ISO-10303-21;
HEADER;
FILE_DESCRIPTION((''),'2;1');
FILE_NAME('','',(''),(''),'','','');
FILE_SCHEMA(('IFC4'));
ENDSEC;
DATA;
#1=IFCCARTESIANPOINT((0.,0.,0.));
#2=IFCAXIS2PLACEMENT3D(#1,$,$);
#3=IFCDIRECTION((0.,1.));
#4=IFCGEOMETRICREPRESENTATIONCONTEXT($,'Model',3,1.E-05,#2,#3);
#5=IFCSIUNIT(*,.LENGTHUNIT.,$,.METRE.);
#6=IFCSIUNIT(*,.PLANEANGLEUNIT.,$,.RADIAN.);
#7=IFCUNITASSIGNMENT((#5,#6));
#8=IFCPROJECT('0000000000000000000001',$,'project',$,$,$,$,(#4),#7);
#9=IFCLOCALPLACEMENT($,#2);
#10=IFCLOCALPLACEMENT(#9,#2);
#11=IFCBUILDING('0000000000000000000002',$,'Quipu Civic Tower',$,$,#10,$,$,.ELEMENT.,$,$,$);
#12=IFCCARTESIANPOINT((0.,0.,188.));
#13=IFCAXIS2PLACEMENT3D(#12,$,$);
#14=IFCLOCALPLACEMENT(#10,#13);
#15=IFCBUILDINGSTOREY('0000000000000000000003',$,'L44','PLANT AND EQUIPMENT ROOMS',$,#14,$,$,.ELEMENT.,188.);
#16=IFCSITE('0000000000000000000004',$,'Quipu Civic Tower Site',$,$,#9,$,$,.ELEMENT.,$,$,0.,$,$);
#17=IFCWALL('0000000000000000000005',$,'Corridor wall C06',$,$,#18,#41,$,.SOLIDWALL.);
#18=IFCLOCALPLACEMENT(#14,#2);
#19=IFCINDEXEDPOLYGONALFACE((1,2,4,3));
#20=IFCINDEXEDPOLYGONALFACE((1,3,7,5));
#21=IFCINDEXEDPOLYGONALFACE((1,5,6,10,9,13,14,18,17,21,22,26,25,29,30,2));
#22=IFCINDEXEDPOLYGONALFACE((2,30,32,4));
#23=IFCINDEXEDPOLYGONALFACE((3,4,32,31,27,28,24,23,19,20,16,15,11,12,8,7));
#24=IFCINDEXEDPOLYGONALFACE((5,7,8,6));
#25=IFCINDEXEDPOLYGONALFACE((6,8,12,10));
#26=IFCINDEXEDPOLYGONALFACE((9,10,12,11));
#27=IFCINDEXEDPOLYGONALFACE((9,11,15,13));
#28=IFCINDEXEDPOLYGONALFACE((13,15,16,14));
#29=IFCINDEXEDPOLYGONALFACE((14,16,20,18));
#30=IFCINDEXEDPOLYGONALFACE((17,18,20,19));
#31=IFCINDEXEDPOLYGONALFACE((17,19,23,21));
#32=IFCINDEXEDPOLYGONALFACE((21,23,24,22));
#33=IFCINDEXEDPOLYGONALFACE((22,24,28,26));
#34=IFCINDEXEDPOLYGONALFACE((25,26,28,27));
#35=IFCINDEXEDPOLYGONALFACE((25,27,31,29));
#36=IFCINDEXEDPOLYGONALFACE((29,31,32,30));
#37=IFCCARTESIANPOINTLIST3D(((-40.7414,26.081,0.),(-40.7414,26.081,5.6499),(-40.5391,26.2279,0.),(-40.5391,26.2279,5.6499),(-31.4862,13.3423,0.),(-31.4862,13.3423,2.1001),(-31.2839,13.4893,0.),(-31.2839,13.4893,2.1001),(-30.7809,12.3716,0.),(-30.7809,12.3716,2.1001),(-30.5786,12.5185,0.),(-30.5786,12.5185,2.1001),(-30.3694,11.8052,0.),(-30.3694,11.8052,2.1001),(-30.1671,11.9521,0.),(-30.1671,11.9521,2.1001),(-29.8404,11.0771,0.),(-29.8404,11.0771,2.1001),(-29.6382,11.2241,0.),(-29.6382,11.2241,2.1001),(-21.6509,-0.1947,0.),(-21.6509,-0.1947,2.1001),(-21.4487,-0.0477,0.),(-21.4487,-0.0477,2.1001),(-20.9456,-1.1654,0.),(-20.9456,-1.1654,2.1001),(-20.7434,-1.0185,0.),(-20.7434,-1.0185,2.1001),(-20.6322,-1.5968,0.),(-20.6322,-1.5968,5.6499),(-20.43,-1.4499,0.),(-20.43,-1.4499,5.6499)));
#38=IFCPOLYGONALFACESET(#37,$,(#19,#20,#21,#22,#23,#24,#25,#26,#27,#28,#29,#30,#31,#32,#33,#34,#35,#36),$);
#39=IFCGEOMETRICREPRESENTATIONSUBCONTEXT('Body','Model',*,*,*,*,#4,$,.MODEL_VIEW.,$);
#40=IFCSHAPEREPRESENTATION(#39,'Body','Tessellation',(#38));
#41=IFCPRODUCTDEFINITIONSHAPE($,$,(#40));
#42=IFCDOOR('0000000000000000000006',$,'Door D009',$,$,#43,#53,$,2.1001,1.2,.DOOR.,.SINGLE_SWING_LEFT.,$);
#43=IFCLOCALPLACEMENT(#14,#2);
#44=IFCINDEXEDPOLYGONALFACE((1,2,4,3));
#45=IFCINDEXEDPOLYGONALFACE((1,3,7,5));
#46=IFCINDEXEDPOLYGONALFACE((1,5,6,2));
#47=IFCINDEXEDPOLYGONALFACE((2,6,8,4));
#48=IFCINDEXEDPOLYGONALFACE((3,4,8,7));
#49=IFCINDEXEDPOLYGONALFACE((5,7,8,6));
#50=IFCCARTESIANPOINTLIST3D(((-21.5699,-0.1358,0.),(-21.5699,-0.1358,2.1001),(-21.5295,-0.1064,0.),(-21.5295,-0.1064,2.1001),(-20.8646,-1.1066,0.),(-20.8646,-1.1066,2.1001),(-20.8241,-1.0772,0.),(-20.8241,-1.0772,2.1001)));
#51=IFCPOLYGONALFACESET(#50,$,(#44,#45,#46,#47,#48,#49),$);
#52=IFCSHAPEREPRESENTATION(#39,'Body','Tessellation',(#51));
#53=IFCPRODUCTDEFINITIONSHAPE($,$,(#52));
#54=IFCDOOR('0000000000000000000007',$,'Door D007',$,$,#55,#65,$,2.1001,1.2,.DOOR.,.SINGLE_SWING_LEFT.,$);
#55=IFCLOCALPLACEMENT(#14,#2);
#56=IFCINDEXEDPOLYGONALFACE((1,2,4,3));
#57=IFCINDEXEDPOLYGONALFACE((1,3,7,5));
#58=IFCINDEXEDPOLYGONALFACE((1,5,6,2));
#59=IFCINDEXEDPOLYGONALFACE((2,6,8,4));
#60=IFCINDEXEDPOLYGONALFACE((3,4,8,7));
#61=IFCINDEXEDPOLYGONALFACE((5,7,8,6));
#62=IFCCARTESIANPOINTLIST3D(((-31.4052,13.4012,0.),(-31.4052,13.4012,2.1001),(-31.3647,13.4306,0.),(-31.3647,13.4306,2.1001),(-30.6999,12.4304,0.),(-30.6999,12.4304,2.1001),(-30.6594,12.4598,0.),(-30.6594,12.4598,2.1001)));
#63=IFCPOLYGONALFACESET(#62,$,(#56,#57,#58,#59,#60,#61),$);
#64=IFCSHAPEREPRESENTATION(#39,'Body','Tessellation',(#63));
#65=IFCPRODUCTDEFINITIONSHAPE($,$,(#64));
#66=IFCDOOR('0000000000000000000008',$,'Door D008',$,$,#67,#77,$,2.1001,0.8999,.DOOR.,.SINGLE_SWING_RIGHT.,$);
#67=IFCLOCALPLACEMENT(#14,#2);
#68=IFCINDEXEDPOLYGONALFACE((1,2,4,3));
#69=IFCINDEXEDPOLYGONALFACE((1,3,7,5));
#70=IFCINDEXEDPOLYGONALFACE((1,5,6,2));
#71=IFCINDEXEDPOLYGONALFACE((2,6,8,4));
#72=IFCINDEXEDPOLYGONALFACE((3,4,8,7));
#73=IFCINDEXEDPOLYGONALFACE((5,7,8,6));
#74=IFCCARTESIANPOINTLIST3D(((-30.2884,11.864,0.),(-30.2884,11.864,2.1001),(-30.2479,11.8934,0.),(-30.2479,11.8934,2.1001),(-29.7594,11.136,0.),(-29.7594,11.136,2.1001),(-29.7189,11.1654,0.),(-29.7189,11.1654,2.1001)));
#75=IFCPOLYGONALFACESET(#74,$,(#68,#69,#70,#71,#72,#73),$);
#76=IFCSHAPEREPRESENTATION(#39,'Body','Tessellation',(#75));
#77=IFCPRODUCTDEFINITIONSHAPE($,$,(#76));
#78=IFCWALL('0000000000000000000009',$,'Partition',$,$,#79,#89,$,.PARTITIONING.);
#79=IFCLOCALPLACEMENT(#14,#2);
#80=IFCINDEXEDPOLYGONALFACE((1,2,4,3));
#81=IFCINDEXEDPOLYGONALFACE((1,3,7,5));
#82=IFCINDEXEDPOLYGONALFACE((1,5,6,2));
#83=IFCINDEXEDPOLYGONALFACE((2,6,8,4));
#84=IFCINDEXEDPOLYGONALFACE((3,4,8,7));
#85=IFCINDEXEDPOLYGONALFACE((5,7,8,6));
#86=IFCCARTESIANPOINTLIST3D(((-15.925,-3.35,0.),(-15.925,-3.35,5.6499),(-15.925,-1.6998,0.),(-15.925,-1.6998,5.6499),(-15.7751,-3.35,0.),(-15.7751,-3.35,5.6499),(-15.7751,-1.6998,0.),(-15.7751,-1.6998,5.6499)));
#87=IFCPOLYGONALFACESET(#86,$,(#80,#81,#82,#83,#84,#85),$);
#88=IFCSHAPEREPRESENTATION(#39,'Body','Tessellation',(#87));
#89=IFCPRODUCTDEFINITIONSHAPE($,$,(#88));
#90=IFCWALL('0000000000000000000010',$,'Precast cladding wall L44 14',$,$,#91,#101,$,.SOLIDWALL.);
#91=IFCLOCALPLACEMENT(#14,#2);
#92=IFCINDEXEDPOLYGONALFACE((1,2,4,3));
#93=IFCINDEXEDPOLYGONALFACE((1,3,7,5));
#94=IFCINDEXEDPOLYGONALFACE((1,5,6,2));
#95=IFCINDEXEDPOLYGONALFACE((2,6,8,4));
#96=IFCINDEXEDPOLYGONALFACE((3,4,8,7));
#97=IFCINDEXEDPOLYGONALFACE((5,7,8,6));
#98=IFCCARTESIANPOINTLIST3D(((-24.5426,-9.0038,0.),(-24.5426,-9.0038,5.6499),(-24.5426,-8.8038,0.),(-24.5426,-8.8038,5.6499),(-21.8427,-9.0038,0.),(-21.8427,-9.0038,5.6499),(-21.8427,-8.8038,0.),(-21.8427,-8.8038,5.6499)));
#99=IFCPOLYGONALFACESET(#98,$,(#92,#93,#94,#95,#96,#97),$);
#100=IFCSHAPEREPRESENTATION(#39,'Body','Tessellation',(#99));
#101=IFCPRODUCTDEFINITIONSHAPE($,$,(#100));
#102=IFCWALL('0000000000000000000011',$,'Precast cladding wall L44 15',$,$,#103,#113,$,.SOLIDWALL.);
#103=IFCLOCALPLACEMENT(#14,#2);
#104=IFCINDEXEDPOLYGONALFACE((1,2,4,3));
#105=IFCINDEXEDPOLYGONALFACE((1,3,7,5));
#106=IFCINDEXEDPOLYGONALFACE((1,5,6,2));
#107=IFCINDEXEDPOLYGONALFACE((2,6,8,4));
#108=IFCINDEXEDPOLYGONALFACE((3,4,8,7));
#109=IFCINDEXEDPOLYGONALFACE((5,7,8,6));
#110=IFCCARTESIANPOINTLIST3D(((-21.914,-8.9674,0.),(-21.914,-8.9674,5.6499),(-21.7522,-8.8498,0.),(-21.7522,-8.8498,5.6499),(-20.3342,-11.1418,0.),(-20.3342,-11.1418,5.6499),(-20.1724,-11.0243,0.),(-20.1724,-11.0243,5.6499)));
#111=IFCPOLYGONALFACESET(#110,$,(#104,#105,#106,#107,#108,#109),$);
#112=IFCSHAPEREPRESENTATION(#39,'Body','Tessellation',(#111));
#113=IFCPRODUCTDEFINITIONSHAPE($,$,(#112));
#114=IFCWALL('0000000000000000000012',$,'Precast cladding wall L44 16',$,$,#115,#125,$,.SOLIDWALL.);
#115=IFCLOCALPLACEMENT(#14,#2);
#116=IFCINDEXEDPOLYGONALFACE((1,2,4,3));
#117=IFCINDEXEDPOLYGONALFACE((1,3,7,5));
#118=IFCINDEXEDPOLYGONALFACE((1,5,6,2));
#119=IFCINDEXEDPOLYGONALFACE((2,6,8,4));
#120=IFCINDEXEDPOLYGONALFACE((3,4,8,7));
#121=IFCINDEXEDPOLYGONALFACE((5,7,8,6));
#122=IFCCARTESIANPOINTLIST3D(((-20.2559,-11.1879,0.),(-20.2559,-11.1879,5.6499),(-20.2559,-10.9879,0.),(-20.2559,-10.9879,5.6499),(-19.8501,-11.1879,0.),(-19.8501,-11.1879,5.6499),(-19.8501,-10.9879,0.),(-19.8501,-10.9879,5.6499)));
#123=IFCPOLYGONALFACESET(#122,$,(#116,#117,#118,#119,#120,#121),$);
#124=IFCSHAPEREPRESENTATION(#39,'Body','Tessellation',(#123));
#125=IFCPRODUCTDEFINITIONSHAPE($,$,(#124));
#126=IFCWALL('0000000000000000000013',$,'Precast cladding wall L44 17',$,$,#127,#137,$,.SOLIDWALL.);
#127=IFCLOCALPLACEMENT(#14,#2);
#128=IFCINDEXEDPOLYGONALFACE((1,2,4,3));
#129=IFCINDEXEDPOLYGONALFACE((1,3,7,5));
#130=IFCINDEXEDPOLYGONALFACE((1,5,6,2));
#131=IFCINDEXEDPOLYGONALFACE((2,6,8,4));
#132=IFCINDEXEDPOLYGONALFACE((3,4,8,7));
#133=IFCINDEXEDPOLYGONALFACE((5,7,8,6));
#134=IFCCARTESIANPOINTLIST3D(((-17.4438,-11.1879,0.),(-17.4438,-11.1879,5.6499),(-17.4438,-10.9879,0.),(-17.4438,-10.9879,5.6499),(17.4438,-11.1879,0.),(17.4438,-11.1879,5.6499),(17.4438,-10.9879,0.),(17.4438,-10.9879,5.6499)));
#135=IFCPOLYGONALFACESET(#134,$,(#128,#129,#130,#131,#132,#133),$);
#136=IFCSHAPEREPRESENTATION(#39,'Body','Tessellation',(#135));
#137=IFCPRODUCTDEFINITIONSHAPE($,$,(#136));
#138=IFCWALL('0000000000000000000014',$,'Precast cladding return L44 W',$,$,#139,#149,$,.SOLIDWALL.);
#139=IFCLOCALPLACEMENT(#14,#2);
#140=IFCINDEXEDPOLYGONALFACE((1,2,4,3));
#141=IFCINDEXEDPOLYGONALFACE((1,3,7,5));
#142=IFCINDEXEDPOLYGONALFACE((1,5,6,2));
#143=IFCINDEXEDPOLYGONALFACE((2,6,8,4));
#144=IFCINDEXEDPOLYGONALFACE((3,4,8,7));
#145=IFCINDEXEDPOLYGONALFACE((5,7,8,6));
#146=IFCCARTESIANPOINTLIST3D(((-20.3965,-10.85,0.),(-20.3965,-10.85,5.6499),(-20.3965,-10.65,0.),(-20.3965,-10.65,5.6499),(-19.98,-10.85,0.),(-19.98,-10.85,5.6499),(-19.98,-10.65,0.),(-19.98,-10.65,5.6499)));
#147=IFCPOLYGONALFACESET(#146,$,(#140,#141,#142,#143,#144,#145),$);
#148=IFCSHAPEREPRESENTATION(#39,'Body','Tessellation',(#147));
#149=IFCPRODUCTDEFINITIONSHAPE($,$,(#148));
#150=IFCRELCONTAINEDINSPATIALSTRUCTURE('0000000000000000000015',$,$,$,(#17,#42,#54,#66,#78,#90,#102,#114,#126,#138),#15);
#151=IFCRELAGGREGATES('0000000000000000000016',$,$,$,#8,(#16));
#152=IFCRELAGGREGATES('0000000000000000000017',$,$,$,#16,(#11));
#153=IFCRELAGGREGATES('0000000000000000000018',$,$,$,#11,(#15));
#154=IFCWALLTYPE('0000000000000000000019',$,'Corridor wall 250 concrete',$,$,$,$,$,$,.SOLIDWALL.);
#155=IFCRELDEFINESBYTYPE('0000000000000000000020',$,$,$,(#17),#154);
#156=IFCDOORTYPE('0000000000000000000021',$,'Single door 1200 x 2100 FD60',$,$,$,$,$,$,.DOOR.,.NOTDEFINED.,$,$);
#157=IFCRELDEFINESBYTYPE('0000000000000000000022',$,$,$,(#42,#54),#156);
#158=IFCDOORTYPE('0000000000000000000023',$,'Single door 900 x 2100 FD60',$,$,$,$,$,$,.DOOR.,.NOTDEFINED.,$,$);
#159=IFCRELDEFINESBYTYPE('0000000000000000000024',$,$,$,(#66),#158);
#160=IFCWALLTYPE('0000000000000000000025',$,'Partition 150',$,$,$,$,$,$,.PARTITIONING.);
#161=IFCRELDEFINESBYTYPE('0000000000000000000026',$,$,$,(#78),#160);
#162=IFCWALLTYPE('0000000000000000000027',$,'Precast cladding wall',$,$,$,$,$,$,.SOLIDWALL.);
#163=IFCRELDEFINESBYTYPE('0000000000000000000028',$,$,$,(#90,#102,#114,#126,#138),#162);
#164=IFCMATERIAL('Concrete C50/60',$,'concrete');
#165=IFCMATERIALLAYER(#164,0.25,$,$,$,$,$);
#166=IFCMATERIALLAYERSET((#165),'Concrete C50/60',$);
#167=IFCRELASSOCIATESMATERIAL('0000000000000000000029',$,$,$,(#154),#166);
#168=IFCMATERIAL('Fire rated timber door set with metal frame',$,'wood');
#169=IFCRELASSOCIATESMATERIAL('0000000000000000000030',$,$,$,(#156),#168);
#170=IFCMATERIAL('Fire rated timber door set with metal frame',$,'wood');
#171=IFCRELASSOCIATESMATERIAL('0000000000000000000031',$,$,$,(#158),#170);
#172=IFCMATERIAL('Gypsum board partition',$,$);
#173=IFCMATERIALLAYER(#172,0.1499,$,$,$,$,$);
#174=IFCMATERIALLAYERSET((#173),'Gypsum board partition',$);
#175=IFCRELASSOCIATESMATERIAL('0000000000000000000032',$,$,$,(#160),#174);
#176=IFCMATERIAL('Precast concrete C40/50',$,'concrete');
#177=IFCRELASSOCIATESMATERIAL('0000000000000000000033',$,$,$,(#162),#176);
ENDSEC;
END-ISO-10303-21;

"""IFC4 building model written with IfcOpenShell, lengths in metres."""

from ifc_helpers import new_model, si_unit, direction, frame, frame_2d, origin, place, context, subcontext, project, spatial, rectangle, extrude, material, layer, layer_set, type_object, element, fill, save


model = new_model("IFC4")

# Units and contexts
model_context = context("Model", 3, precision=1e-05, world=origin(), true_north=direction((0.0, 1.0)))
body_context = subcontext(model_context, "Body", "Model", "MODEL_VIEW")
ifc_project = project(units=[si_unit("LENGTHUNIT", "METRE"), si_unit("PLANEANGLEUNIT", "RADIAN")], contexts=[model_context])

# Site, building, storey
site_placement = place(None, origin())
site = spatial("IfcSite", under=ifc_project, at=site_placement, Name="Quipu Civic Tower Site", CompositionType="ELEMENT", RefElevation=0.0)
building_placement = place(site_placement, origin())
building = spatial("IfcBuilding", under=site, at=building_placement, Name="Quipu Civic Tower", CompositionType="ELEMENT")
storey_placement = place(building_placement, frame((0.0, 0.0, 188.0)))
storey = spatial("IfcBuildingStorey", under=building, at=storey_placement, Name="L44", Description="PLANT AND EQUIPMENT ROOMS", CompositionType="ELEMENT", Elevation=188.0)

# Wall, openings, doors
ifc_material_1 = material(Name="Concrete C50/60", Category="concrete")
ifc_layer_1 = layer(ifc_material_1, 0.25)
ifc_layer_set_1 = layer_set([ifc_layer_1], Name="Concrete C50/60")
wall_type_1 = type_object("IfcWallType", Name="Corridor wall 250 concrete", PredefinedType="SOLIDWALL", material=ifc_layer_set_1)
wall_1_placement = place(storey_placement, frame((-20.531, -1.5234, 0.0), z_axis=(0.0, 0.0, 1.0), x_axis=(-0.587787, 0.809016, 0.0)))
wall_1 = element("IfcWall", 1, at=wall_1_placement, inside=storey, type_object=wall_type_1, Name="Corridor wall C06", PredefinedType="SOLIDWALL", context=body_context, shape_type="SweptSolid", body=[
    extrude(rectangle(XDim=34.2117, YDim=0.25, at=frame_2d((17.106, 0.0))), origin(), (0.0, 0.0, 1.0), 5.6499),
])
opening_1_placement = place(wall_1_placement, frame((15.666, 0.0, 0.0)))
opening_1 = element("IfcOpeningElement", 2, at=opening_1_placement, cuts=wall_1, PredefinedType="OPENING", context=body_context, shape_type="SweptSolid", body=[
    extrude(rectangle(XDim=0.8999, YDim=2.1001, at=frame_2d((0.45, 1.05))), frame((0.0, 0.135, 0.0), z_axis=(0.0, -1.0, 0.0), x_axis=(1.0, 0.0, 0.0)), (0.0, 0.0, 1.0), 0.27),
])
opening_2_placement = place(wall_1_placement, frame((0.5332, 0.0, 0.0)))
opening_2 = element("IfcOpeningElement", 3, at=opening_2_placement, cuts=wall_1, PredefinedType="OPENING", context=body_context, shape_type="SweptSolid", body=[
    extrude(rectangle(XDim=1.2, YDim=2.1001, at=frame_2d((0.6001, 1.05))), frame((0.0, 0.135, 0.0), z_axis=(0.0, -1.0, 0.0), x_axis=(1.0, 0.0, 0.0)), (0.0, 0.0, 1.0), 0.27),
])
opening_3_placement = place(wall_1_placement, frame((17.2659, 0.0, 0.0)))
opening_3 = element("IfcOpeningElement", 4, at=opening_3_placement, cuts=wall_1, PredefinedType="OPENING", context=body_context, shape_type="SweptSolid", body=[
    extrude(rectangle(XDim=1.2, YDim=2.1001, at=frame_2d((0.6001, 1.05))), frame((0.0, 0.135, 0.0), z_axis=(0.0, -1.0, 0.0), x_axis=(1.0, 0.0, 0.0)), (0.0, 0.0, 1.0), 0.27),
])
ifc_material_2 = material(Name="Fire rated timber door set with metal frame", Category="wood")
door_type_1 = type_object("IfcDoorType", Name="Single door 1200 x 2100 FD60", OperationType="NOTDEFINED", PredefinedType="DOOR", material=ifc_material_2)
door_1_placement = place(opening_2_placement, origin())
door_1 = element("IfcDoor", 5, at=door_1_placement, inside=storey, type_object=door_type_1, Name="Door D009", OperationType="SINGLE_SWING_LEFT", OverallHeight=2.1001, OverallWidth=1.2, PredefinedType="DOOR", context=body_context, shape_type="SweptSolid", body=[
    extrude(rectangle(XDim=1.2, YDim=2.1001, at=frame_2d((0.6001, 1.05))), frame((0.0, 0.0249, 0.0), z_axis=(0.0, -1.0, 0.0), x_axis=(1.0, 0.0, 0.0)), (0.0, 0.0, 1.0), 0.05),
])
fill(opening_2, door_1)
door_2_placement = place(opening_3_placement, origin())
door_2 = element("IfcDoor", 6, at=door_2_placement, inside=storey, type_object=door_type_1, Name="Door D007", OperationType="SINGLE_SWING_LEFT", OverallHeight=2.1001, OverallWidth=1.2, PredefinedType="DOOR", context=body_context, shape_type="SweptSolid", body=[
    extrude(rectangle(XDim=1.2, YDim=2.1001, at=frame_2d((0.6001, 1.05))), frame((0.0, 0.0249, 0.0), z_axis=(0.0, -1.0, 0.0), x_axis=(1.0, 0.0, 0.0)), (0.0, 0.0, 1.0), 0.05),
])
fill(opening_3, door_2)
ifc_material_3 = material(Name="Fire rated timber door set with metal frame", Category="wood")
door_type_2 = type_object("IfcDoorType", Name="Single door 900 x 2100 FD60", OperationType="NOTDEFINED", PredefinedType="DOOR", material=ifc_material_3)
door_3_placement = place(opening_1_placement, origin())
door_3 = element("IfcDoor", 7, at=door_3_placement, inside=storey, type_object=door_type_2, Name="Door D008", OperationType="SINGLE_SWING_RIGHT", OverallHeight=2.1001, OverallWidth=0.8999, PredefinedType="DOOR", context=body_context, shape_type="SweptSolid", body=[
    extrude(rectangle(XDim=0.8999, YDim=2.1001, at=frame_2d((0.45, 1.05))), frame((0.0, 0.0249, 0.0), z_axis=(0.0, -1.0, 0.0), x_axis=(1.0, 0.0, 0.0)), (0.0, 0.0, 1.0), 0.05),
])
fill(opening_1, door_3)

# Walls
ifc_material_4 = material(Name="Gypsum board partition")
ifc_layer_2 = layer(ifc_material_4, 0.1499)
ifc_layer_set_2 = layer_set([ifc_layer_2], Name="Gypsum board partition")
wall_type_2 = type_object("IfcWallType", Name="Partition 150", PredefinedType="PARTITIONING", material=ifc_layer_set_2)
wall_2_placement = place(storey_placement, frame((-15.8501, -3.3501, 0.0), z_axis=(0.0, 0.0, 1.0), x_axis=(0.0, 1.0, 0.0)))
element("IfcWall", 8, at=wall_2_placement, inside=storey, type_object=wall_type_2, Name="Partition", PredefinedType="PARTITIONING", context=body_context, shape_type="SweptSolid", body=[
    extrude(rectangle(XDim=1.6501, YDim=0.1499, at=frame_2d((0.8252, 0.0))), origin(), (0.0, 0.0, 1.0), 5.6499),
])
ifc_material_5 = material(Name="Precast concrete C40/50", Category="concrete")
wall_type_3 = type_object("IfcWallType", Name="Precast cladding wall", PredefinedType="SOLIDWALL", material=ifc_material_5)
wall_3_placement = place(storey_placement, frame((-24.5427, -8.9038, 0.0), z_axis=(0.0, 0.0, 1.0), x_axis=(1.0, 0.0, 0.0)))
element("IfcWall", 9, at=wall_3_placement, inside=storey, type_object=wall_type_3, Name="Precast cladding wall L44 14", PredefinedType="SOLIDWALL", context=body_context, shape_type="SweptSolid", body=[
    extrude(rectangle(XDim=2.7, YDim=0.2, at=frame_2d((1.3501, 0.0))), origin(), (0.0, 0.0, 1.0), 5.6499),
])
wall_4_placement = place(storey_placement, frame((-21.833, -8.9087, 0.0), z_axis=(0.0, 0.0, 1.0), x_axis=(0.587767, -0.809031, 0.0)))
element("IfcWall", 10, at=wall_4_placement, inside=storey, type_object=wall_type_3, Name="Precast cladding wall L44 15", PredefinedType="SOLIDWALL", context=body_context, shape_type="SweptSolid", body=[
    extrude(rectangle(XDim=2.6877, YDim=0.2, at=frame_2d((1.3438, 0.0))), origin(), (0.0, 0.0, 1.0), 5.6499),
])
wall_5_placement = place(storey_placement, frame((-20.2559, -11.0879, 0.0), z_axis=(0.0, 0.0, 1.0), x_axis=(1.0, 0.0, 0.0)))
element("IfcWall", 11, at=wall_5_placement, inside=storey, type_object=wall_type_3, Name="Precast cladding wall L44 16", PredefinedType="SOLIDWALL", context=body_context, shape_type="SweptSolid", body=[
    extrude(rectangle(XDim=0.4058, YDim=0.2, at=frame_2d((0.2029, 0.0))), origin(), (0.0, 0.0, 1.0), 5.6499),
])
wall_6_placement = place(storey_placement, frame((-17.4438, -11.0879, 0.0), z_axis=(0.0, 0.0, 1.0), x_axis=(1.0, 0.0, 0.0)))
element("IfcWall", 12, at=wall_6_placement, inside=storey, type_object=wall_type_3, Name="Precast cladding wall L44 17", PredefinedType="SOLIDWALL", context=body_context, shape_type="SweptSolid", body=[
    extrude(rectangle(XDim=34.8877, YDim=0.2, at=frame_2d((17.4438, 0.0))), origin(), (0.0, 0.0, 1.0), 5.6499),
])
wall_7_placement = place(storey_placement, frame((-19.98, -10.75, 0.0), z_axis=(0.0, 0.0, 1.0), x_axis=(-1.0, 0.0, 0.0)))
element("IfcWall", 13, at=wall_7_placement, inside=storey, type_object=wall_type_3, Name="Precast cladding return L44 W", PredefinedType="SOLIDWALL", context=body_context, shape_type="SweptSolid", body=[
    extrude(rectangle(XDim=0.4165, YDim=0.2, at=frame_2d((0.2083, 0.0))), origin(), (0.0, 0.0, 1.0), 5.6499),
])

save(model, "model.ifc")
